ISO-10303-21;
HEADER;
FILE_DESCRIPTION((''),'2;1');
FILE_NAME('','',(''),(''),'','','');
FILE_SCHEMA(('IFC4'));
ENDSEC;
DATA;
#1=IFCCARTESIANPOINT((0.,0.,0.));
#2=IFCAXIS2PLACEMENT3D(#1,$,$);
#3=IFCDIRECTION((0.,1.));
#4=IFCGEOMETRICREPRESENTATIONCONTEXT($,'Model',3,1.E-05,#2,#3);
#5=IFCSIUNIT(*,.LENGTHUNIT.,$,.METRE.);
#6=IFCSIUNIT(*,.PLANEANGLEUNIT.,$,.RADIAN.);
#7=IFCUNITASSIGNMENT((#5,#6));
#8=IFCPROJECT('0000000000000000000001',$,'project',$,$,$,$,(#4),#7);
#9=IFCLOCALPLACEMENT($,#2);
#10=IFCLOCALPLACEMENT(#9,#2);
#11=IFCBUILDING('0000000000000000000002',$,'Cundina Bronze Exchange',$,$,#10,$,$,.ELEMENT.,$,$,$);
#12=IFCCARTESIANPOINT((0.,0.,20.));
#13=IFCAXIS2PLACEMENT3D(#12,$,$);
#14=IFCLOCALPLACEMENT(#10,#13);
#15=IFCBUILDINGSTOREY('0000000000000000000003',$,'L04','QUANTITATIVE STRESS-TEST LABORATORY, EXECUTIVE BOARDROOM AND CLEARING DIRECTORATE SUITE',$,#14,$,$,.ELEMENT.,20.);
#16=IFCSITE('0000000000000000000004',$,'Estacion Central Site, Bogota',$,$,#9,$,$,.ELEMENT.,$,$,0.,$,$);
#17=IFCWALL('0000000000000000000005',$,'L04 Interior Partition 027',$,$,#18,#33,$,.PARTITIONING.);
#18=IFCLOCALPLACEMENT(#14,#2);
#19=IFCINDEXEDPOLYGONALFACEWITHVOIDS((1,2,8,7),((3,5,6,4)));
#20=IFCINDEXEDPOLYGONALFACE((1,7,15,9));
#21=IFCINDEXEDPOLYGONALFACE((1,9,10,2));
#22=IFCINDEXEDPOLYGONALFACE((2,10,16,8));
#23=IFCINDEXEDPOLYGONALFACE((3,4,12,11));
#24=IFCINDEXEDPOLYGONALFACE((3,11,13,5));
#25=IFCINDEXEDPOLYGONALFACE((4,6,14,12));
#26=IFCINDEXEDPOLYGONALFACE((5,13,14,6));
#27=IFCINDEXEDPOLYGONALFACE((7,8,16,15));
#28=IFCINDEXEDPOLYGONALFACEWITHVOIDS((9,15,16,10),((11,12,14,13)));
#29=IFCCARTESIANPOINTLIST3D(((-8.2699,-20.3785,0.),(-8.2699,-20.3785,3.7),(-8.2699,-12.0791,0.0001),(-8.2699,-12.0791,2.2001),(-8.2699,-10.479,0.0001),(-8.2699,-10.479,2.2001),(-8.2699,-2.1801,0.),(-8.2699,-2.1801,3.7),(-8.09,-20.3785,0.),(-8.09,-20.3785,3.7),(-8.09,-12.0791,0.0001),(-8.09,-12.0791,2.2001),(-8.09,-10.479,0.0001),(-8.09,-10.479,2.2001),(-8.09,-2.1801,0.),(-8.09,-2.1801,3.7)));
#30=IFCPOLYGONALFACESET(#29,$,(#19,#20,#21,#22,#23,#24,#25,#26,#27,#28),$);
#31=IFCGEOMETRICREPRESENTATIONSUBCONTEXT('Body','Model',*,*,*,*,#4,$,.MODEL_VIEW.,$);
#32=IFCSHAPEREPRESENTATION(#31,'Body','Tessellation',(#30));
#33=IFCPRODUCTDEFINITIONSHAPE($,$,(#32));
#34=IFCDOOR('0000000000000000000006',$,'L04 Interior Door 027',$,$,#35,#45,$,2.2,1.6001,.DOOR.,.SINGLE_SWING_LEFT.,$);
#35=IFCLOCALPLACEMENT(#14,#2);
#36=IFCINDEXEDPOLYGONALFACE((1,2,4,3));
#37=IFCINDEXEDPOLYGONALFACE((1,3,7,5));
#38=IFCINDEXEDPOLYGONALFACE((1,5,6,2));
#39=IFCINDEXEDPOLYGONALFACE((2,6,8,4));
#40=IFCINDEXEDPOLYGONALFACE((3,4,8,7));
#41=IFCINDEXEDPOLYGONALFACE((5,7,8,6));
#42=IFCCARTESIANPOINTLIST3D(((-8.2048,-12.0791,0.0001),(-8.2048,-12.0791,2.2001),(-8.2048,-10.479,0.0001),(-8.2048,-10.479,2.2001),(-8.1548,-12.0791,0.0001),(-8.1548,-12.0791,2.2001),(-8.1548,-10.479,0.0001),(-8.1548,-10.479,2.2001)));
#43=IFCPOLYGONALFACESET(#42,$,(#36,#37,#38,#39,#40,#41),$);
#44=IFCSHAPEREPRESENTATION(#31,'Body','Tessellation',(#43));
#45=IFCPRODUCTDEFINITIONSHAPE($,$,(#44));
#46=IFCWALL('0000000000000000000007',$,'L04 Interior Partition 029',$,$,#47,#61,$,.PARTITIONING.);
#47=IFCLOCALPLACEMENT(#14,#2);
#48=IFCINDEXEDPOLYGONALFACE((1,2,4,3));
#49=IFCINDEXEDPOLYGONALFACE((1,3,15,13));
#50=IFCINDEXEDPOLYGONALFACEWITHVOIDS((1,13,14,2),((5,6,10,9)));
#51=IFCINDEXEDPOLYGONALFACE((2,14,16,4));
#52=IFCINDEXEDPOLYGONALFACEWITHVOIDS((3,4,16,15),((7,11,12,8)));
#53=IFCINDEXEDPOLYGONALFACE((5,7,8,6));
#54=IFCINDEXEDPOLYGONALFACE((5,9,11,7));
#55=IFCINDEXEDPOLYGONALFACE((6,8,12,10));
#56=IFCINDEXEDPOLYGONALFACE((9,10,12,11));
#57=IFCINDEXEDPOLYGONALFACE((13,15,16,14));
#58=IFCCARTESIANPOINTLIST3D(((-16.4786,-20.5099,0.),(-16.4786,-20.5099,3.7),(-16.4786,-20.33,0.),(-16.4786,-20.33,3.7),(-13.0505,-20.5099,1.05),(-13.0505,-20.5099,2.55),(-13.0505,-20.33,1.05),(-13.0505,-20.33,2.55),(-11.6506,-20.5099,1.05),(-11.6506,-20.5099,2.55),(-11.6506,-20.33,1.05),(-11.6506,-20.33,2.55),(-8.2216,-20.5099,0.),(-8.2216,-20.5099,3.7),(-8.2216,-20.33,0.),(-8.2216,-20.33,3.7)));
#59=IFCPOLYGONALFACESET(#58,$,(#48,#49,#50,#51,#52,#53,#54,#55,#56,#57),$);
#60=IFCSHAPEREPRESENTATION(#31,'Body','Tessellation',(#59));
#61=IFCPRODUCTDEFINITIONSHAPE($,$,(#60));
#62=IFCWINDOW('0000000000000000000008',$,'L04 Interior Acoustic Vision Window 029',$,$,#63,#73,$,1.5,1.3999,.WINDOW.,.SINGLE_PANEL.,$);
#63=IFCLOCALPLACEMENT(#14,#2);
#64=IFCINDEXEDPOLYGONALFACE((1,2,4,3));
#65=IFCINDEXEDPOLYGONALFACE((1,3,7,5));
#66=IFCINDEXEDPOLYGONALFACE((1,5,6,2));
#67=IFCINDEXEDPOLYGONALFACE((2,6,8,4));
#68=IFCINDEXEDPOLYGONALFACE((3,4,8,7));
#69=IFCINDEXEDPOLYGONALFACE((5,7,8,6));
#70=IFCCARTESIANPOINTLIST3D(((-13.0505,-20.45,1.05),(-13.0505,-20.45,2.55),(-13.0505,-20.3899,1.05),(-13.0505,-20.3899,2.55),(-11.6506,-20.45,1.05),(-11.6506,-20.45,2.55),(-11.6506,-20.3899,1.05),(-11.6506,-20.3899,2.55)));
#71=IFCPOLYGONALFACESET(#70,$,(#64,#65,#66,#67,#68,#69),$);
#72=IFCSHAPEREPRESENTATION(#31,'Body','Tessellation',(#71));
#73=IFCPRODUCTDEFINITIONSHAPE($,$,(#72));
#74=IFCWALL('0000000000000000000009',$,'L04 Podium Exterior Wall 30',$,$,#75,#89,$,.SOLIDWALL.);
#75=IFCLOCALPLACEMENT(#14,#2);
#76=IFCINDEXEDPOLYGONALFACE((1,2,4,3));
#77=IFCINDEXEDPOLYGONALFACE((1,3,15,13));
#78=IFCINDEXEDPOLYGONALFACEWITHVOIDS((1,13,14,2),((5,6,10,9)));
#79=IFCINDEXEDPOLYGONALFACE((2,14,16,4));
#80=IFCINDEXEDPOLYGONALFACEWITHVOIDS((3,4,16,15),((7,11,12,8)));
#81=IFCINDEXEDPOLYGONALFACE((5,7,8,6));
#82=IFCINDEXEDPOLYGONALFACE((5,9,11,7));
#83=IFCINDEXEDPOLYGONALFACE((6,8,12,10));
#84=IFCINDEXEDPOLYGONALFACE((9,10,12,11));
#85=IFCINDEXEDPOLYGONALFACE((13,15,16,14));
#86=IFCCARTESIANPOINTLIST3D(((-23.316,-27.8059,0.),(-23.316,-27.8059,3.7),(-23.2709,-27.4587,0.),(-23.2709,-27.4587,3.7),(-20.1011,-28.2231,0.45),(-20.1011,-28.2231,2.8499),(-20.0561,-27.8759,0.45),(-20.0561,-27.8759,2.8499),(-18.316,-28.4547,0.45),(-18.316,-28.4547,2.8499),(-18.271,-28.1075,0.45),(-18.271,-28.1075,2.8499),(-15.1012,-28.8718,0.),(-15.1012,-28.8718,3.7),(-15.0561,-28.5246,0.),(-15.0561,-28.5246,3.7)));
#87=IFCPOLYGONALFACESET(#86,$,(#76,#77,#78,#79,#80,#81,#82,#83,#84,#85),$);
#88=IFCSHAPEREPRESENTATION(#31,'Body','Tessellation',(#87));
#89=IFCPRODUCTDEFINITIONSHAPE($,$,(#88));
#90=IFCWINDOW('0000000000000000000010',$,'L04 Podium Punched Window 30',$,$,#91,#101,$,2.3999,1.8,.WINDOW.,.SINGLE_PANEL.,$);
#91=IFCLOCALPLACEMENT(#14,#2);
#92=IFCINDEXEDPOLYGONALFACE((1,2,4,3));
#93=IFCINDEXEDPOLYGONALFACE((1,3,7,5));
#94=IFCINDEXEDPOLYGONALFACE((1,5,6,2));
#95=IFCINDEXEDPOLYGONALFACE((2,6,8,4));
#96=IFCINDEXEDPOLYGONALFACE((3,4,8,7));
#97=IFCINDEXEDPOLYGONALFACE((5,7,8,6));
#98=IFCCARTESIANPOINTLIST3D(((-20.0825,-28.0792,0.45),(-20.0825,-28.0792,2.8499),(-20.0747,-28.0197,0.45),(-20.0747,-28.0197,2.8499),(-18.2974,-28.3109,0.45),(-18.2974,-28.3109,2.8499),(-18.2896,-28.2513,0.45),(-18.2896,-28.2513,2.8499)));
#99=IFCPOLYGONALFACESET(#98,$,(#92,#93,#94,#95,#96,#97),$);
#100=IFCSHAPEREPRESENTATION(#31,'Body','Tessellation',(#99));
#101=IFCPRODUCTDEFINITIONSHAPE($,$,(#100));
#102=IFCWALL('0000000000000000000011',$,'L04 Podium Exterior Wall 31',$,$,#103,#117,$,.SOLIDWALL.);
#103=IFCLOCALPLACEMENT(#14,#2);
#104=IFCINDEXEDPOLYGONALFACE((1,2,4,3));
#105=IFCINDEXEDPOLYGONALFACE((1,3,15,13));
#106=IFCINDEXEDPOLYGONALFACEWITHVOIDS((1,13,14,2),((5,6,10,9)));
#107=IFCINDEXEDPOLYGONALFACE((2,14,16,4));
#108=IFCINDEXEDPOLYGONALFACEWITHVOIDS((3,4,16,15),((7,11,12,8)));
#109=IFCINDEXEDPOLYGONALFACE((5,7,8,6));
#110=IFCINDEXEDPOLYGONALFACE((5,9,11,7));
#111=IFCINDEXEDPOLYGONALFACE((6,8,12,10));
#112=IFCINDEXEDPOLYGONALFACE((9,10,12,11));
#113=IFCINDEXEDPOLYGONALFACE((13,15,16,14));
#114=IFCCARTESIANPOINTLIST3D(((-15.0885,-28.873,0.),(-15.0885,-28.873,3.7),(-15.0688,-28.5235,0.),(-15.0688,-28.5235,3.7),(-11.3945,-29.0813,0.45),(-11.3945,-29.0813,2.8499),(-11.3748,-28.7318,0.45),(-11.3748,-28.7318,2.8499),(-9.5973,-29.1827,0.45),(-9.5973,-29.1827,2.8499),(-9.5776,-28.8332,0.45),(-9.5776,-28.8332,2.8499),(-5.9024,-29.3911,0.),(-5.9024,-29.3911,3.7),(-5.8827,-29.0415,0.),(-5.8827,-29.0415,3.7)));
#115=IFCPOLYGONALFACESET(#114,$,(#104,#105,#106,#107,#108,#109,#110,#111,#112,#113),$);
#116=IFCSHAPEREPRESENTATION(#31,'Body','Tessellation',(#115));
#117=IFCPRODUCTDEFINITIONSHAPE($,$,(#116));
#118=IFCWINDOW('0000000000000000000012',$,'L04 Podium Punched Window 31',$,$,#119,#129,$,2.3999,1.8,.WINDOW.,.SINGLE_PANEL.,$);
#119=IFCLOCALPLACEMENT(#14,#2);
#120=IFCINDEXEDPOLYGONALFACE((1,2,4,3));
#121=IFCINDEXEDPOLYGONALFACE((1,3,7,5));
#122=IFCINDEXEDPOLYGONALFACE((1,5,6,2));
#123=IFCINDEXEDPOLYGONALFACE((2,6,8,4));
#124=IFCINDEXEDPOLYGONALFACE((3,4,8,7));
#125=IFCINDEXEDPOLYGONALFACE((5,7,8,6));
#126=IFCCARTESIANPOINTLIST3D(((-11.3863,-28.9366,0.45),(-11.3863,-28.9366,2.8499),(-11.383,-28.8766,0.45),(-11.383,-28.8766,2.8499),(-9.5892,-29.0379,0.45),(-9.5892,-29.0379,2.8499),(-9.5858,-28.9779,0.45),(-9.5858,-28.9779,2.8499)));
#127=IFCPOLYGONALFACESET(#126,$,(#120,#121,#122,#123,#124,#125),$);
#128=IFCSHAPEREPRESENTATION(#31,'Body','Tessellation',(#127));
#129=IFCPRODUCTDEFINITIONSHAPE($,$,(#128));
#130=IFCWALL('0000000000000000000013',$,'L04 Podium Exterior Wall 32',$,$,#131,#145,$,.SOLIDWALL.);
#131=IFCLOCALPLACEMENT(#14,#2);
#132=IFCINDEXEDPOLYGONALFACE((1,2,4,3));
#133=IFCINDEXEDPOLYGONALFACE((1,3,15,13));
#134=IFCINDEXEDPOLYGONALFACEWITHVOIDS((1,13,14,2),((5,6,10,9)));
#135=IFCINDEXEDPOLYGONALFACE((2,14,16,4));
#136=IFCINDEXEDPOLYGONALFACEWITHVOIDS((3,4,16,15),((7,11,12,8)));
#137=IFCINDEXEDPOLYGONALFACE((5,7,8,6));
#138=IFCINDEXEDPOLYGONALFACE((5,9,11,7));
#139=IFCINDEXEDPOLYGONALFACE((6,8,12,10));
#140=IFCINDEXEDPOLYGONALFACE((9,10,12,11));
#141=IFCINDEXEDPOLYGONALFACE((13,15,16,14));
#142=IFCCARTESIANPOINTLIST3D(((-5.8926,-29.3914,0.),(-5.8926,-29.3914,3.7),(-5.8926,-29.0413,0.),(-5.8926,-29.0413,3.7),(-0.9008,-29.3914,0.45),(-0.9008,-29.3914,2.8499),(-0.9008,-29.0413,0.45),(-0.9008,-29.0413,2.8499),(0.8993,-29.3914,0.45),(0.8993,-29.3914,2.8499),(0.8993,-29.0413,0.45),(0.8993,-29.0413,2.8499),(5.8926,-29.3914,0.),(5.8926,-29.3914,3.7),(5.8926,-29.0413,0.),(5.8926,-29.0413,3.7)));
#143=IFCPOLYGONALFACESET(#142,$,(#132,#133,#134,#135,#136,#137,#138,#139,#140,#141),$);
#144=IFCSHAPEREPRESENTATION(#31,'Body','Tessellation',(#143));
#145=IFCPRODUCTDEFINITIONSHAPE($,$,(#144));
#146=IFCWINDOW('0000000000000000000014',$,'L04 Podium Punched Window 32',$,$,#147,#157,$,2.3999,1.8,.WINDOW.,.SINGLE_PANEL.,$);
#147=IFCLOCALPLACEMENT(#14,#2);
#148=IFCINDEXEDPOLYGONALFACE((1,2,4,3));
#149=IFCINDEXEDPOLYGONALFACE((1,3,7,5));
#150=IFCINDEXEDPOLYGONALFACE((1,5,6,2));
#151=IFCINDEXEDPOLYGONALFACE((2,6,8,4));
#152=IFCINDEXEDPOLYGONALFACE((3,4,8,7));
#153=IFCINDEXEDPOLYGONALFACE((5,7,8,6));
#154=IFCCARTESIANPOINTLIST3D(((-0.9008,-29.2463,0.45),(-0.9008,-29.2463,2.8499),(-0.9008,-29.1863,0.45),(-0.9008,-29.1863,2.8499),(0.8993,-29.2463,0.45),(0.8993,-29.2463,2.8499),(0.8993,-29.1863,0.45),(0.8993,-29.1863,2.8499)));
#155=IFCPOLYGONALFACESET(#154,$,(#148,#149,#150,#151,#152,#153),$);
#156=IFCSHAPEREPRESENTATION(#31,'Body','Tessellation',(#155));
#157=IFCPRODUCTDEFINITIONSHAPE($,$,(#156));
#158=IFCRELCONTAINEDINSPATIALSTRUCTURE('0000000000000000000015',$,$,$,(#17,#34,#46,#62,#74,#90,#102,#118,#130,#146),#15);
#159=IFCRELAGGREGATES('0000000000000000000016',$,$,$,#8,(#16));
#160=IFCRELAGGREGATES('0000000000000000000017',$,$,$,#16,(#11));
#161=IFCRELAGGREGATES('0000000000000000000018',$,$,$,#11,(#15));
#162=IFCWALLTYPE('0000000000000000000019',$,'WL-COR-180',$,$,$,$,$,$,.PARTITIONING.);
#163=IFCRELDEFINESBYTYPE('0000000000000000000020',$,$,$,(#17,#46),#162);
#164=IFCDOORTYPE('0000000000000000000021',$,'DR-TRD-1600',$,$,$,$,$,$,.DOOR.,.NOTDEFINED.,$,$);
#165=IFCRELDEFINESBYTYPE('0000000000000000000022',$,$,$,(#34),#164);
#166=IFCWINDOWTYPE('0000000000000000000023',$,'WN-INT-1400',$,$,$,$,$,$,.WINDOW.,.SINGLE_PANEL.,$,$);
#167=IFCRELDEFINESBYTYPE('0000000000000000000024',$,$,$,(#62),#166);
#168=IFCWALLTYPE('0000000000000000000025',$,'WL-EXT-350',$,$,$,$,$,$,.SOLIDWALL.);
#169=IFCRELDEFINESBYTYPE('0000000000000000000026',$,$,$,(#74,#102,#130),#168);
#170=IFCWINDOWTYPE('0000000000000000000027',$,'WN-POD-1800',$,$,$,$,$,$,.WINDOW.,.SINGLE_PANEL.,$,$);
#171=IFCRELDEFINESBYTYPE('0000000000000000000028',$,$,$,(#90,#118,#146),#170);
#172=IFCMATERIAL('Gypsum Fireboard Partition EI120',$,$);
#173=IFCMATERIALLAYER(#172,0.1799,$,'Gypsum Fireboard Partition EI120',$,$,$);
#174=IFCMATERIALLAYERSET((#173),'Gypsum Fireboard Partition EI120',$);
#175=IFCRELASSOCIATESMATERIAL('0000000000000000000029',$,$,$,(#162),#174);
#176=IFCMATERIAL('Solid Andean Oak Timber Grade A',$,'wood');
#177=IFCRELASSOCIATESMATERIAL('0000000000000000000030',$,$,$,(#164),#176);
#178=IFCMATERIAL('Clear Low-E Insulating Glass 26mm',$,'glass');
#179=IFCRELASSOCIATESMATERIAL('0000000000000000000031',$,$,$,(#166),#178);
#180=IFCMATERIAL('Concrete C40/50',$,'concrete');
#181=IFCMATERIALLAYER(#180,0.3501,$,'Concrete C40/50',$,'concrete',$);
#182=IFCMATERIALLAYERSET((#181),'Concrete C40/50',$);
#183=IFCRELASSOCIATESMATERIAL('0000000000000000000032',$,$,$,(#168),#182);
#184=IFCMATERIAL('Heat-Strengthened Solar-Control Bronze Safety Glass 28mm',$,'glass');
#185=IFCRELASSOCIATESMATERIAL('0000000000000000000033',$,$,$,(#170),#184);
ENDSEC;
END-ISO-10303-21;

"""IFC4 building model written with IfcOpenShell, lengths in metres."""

from ifc_helpers import new_model, si_unit, direction, frame, frame_2d, origin, place, context, subcontext, project, spatial, rectangle, extrude, material, layer, layer_set, type_object, element, fill, save


model = new_model("IFC4")

# Units and contexts
model_context = context("Model", 3, precision=1e-05, world=origin(), true_north=direction((0.0, 1.0)))
body_context = subcontext(model_context, "Body", "Model", "MODEL_VIEW")
ifc_project = project(units=[si_unit("LENGTHUNIT", "METRE"), si_unit("PLANEANGLEUNIT", "RADIAN")], contexts=[model_context])

# Site, building, storey
site_placement = place(None, origin())
site = spatial("IfcSite", under=ifc_project, at=site_placement, Name="Estacion Central Site, Bogota", CompositionType="ELEMENT", RefElevation=0.0)
building_placement = place(site_placement, origin())
building = spatial("IfcBuilding", under=site, at=building_placement, Name="Cundina Bronze Exchange", CompositionType="ELEMENT")
storey_placement = place(building_placement, frame((0.0, 0.0, 20.0)))
storey = spatial("IfcBuildingStorey", under=building, at=storey_placement, Name="L04", Description="QUANTITATIVE STRESS-TEST LABORATORY, EXECUTIVE BOARDROOM AND CLEARING DIRECTORATE SUITE", CompositionType="ELEMENT", Elevation=20.0)

# Shared definitions
ifc_material_1 = material(Name="Heat-Strengthened Solar-Control Bronze Safety Glass 28mm", Category="glass")

# Wall, opening, door
ifc_material_2 = material(Name="Gypsum Fireboard Partition EI120")
ifc_layer_1 = layer(ifc_material_2, 0.1799, Name="Gypsum Fireboard Partition EI120")
ifc_layer_set_1 = layer_set([ifc_layer_1], Name="Gypsum Fireboard Partition EI120")
wall_type_1 = type_object("IfcWallType", Name="WL-COR-180", PredefinedType="PARTITIONING", material=ifc_layer_set_1)
wall_1_placement = place(storey_placement, frame((-8.1799, -20.3784, 0.0), z_axis=(0.0, 0.0, 1.0), x_axis=(0.0, 1.0, 0.0)))
wall_1 = element("IfcWall", 1, at=wall_1_placement, inside=storey, type_object=wall_type_1, Name="L04 Interior Partition 027", PredefinedType="PARTITIONING", context=body_context, shape_type="SweptSolid", body=[
    extrude(rectangle(XDim=18.1985, YDim=0.1799, at=frame_2d((9.0991, 0.0))), origin(), (0.0, 0.0, 1.0), 3.7),
])
opening_1_placement = place(wall_1_placement, frame((8.2993, 0.0, 0.0)))
opening_1 = element("IfcOpeningElement", 2, at=opening_1_placement, cuts=wall_1, PredefinedType="OPENING", context=body_context, shape_type="SweptSolid", body=[
    extrude(rectangle(XDim=1.6001, YDim=2.2, at=frame_2d((0.8, 1.1001))), frame((0.0, 0.0999, 0.0), z_axis=(0.0, -1.0, 0.0), x_axis=(1.0, 0.0, 0.0)), (0.0, 0.0, 1.0), 0.2),
])
ifc_material_3 = material(Name="Solid Andean Oak Timber Grade A", Category="wood")
door_type_1 = type_object("IfcDoorType", Name="DR-TRD-1600", OperationType="NOTDEFINED", PredefinedType="DOOR", material=ifc_material_3)
door_1_placement = place(opening_1_placement, origin())
door_1 = element("IfcDoor", 3, at=door_1_placement, inside=storey, type_object=door_type_1, Name="L04 Interior Door 027", OperationType="SINGLE_SWING_LEFT", OverallHeight=2.2, OverallWidth=1.6001, PredefinedType="DOOR", context=body_context, shape_type="SweptSolid", body=[
    extrude(rectangle(XDim=1.6001, YDim=2.2, at=frame_2d((0.8, 1.1001))), frame((0.0, 0.0249, 0.0), z_axis=(0.0, -1.0, 0.0), x_axis=(1.0, 0.0, 0.0)), (0.0, 0.0, 1.0), 0.05),
])
fill(opening_1, door_1)

# Walls, openings, windows
wall_2_placement = place(storey_placement, frame((-16.4785, -20.4199, 0.0), z_axis=(0.0, 0.0, 1.0), x_axis=(1.0, 0.0, 0.0)))
wall_2 = element("IfcWall", 4, at=wall_2_placement, inside=storey, type_object=wall_type_1, Name="L04 Interior Partition 029", PredefinedType="PARTITIONING", context=body_context, shape_type="SweptSolid", body=[
    extrude(rectangle(XDim=8.2571, YDim=0.1799, at=frame_2d((4.1284, 0.0))), origin(), (0.0, 0.0, 1.0), 3.7),
])
opening_2_placement = place(wall_2_placement, frame((3.428, 0.0, 1.05)))
opening_2 = element("IfcOpeningElement", 5, at=opening_2_placement, cuts=wall_2, PredefinedType="OPENING", context=body_context, shape_type="SweptSolid", body=[
    extrude(rectangle(XDim=1.3999, YDim=1.5, at=frame_2d((0.7, 0.75))), frame((0.0, 0.0999, 0.0), z_axis=(0.0, -1.0, 0.0), x_axis=(1.0, 0.0, 0.0)), (0.0, 0.0, 1.0), 0.2),
])
ifc_material_4 = material(Name="Clear Low-E Insulating Glass 26mm", Category="glass")
window_type_1 = type_object("IfcWindowType", Name="WN-INT-1400", PartitioningType="SINGLE_PANEL", PredefinedType="WINDOW", material=ifc_material_4)
window_1_placement = place(opening_2_placement, origin())
window_1 = element("IfcWindow", 6, at=window_1_placement, inside=storey, type_object=window_type_1, Name="L04 Interior Acoustic Vision Window 029", OverallHeight=1.5, OverallWidth=1.3999, PartitioningType="SINGLE_PANEL", PredefinedType="WINDOW", context=body_context, shape_type="SweptSolid", body=[
    extrude(rectangle(XDim=1.3999, YDim=1.5, at=frame_2d((0.7, 0.75))), frame((0.0, 0.03, 0.0), z_axis=(0.0, -1.0, 0.0), x_axis=(1.0, 0.0, 0.0)), (0.0, 0.0, 1.0), 0.0601),
])
fill(opening_2, window_1)
ifc_material_5 = material(Name="Concrete C40/50", Category="concrete")
ifc_layer_2 = layer(ifc_material_5, 0.3501, Name="Concrete C40/50", Category="concrete")
ifc_layer_set_2 = layer_set([ifc_layer_2], Name="Concrete C40/50")
wall_type_2 = type_object("IfcWallType", Name="WL-EXT-350", PredefinedType="SOLIDWALL", material=ifc_layer_set_2)
wall_3_placement = place(storey_placement, frame((-23.2935, -27.6323, 0.0), z_axis=(0.0, 0.0, 1.0), x_axis=(0.991687, -0.128676, 0.0)))
wall_3 = element("IfcWall", 7, at=wall_3_placement, inside=storey, type_object=wall_type_2, Name="L04 Podium Exterior Wall 30", PredefinedType="SOLIDWALL", context=body_context, shape_type="SweptSolid", body=[
    extrude(rectangle(XDim=8.2837, YDim=0.3501, at=frame_2d((4.1418, 0.0))), origin(), (0.0, 0.0, 1.0), 3.7),
])
opening_3_placement = place(wall_3_placement, frame((3.2419, 0.0, 0.45)))
opening_3 = element("IfcOpeningElement", 8, at=opening_3_placement, cuts=wall_3, PredefinedType="OPENING", context=body_context, shape_type="SweptSolid", body=[
    extrude(rectangle(XDim=1.8, YDim=2.3999, at=frame_2d((0.8999, 1.2))), frame((0.0, 0.1851, 0.0), z_axis=(0.0, -1.0, 0.0), x_axis=(1.0, 0.0, 0.0)), (0.0, 0.0, 1.0), 0.3701),
])
window_type_2 = type_object("IfcWindowType", Name="WN-POD-1800", PartitioningType="SINGLE_PANEL", PredefinedType="WINDOW", material=ifc_material_1)
window_2_placement = place(opening_3_placement, origin())
window_2 = element("IfcWindow", 9, at=window_2_placement, inside=storey, type_object=window_type_2, Name="L04 Podium Punched Window 30", OverallHeight=2.3999, OverallWidth=1.8, PartitioningType="SINGLE_PANEL", PredefinedType="WINDOW", context=body_context, shape_type="SweptSolid", body=[
    extrude(rectangle(XDim=1.8, YDim=2.3999, at=frame_2d((0.8999, 1.2))), frame((0.0, 0.03, 0.0), z_axis=(0.0, -1.0, 0.0), x_axis=(1.0, 0.0, 0.0)), (0.0, 0.0, 1.0), 0.0601),
])
fill(opening_3, window_2)
wall_4_placement = place(storey_placement, frame((-15.0786, -28.6982, 0.0), z_axis=(0.0, 0.0, 1.0), x_axis=(0.998413, -0.056308, 0.0)))
wall_4 = element("IfcWall", 10, at=wall_4_placement, inside=storey, type_object=wall_type_2, Name="L04 Podium Exterior Wall 31", PredefinedType="SOLIDWALL", context=body_context, shape_type="SweptSolid", body=[
    extrude(rectangle(XDim=9.2007, YDim=0.3501, at=frame_2d((4.6003, 0.0))), origin(), (0.0, 0.0, 1.0), 3.7),
])
opening_4_placement = place(wall_4_placement, frame((3.7, 0.0, 0.45)))
opening_4 = element("IfcOpeningElement", 11, at=opening_4_placement, cuts=wall_4, PredefinedType="OPENING", context=body_context, shape_type="SweptSolid", body=[
    extrude(rectangle(XDim=1.8, YDim=2.3999, at=frame_2d((0.8999, 1.2))), frame((0.0, 0.1851, 0.0), z_axis=(0.0, -1.0, 0.0), x_axis=(1.0, 0.0, 0.0)), (0.0, 0.0, 1.0), 0.3701),
])
window_3_placement = place(opening_4_placement, origin())
window_3 = element("IfcWindow", 12, at=window_3_placement, inside=storey, type_object=window_type_2, Name="L04 Podium Punched Window 31", OverallHeight=2.3999, OverallWidth=1.8, PartitioningType="SINGLE_PANEL", PredefinedType="WINDOW", context=body_context, shape_type="SweptSolid", body=[
    extrude(rectangle(XDim=1.8, YDim=2.3999, at=frame_2d((0.8999, 1.2))), frame((0.0, 0.03, 0.0), z_axis=(0.0, -1.0, 0.0), x_axis=(1.0, 0.0, 0.0)), (0.0, 0.0, 1.0), 0.0601),
])
fill(opening_4, window_3)
wall_5_placement = place(storey_placement, frame((-5.8926, -29.2163, 0.0), z_axis=(0.0, 0.0, 1.0), x_axis=(1.0, 0.0, 0.0)))
wall_5 = element("IfcWall", 13, at=wall_5_placement, inside=storey, type_object=wall_type_2, Name="L04 Podium Exterior Wall 32", PredefinedType="SOLIDWALL", context=body_context, shape_type="SweptSolid", body=[
    extrude(rectangle(XDim=11.7852, YDim=0.3501, at=frame_2d((5.8926, 0.0))), origin(), (0.0, 0.0, 1.0), 3.7),
])
opening_5_placement = place(wall_5_placement, frame((4.9919, 0.0, 0.45)))
opening_5 = element("IfcOpeningElement", 14, at=opening_5_placement, cuts=wall_5, PredefinedType="OPENING", context=body_context, shape_type="SweptSolid", body=[
    extrude(rectangle(XDim=1.8, YDim=2.3999, at=frame_2d((0.8999, 1.2))), frame((0.0, 0.1851, 0.0), z_axis=(0.0, -1.0, 0.0), x_axis=(1.0, 0.0, 0.0)), (0.0, 0.0, 1.0), 0.3701),
])
window_4_placement = place(opening_5_placement, origin())
window_4 = element("IfcWindow", 15, at=window_4_placement, inside=storey, type_object=window_type_2, Name="L04 Podium Punched Window 32", OverallHeight=2.3999, OverallWidth=1.8, PartitioningType="SINGLE_PANEL", PredefinedType="WINDOW", context=body_context, shape_type="SweptSolid", body=[
    extrude(rectangle(XDim=1.8, YDim=2.3999, at=frame_2d((0.8999, 1.2))), frame((0.0, 0.03, 0.0), z_axis=(0.0, -1.0, 0.0), x_axis=(1.0, 0.0, 0.0)), (0.0, 0.0, 1.0), 0.0601),
])
fill(opening_5, window_4)

save(model, "model.ifc")
